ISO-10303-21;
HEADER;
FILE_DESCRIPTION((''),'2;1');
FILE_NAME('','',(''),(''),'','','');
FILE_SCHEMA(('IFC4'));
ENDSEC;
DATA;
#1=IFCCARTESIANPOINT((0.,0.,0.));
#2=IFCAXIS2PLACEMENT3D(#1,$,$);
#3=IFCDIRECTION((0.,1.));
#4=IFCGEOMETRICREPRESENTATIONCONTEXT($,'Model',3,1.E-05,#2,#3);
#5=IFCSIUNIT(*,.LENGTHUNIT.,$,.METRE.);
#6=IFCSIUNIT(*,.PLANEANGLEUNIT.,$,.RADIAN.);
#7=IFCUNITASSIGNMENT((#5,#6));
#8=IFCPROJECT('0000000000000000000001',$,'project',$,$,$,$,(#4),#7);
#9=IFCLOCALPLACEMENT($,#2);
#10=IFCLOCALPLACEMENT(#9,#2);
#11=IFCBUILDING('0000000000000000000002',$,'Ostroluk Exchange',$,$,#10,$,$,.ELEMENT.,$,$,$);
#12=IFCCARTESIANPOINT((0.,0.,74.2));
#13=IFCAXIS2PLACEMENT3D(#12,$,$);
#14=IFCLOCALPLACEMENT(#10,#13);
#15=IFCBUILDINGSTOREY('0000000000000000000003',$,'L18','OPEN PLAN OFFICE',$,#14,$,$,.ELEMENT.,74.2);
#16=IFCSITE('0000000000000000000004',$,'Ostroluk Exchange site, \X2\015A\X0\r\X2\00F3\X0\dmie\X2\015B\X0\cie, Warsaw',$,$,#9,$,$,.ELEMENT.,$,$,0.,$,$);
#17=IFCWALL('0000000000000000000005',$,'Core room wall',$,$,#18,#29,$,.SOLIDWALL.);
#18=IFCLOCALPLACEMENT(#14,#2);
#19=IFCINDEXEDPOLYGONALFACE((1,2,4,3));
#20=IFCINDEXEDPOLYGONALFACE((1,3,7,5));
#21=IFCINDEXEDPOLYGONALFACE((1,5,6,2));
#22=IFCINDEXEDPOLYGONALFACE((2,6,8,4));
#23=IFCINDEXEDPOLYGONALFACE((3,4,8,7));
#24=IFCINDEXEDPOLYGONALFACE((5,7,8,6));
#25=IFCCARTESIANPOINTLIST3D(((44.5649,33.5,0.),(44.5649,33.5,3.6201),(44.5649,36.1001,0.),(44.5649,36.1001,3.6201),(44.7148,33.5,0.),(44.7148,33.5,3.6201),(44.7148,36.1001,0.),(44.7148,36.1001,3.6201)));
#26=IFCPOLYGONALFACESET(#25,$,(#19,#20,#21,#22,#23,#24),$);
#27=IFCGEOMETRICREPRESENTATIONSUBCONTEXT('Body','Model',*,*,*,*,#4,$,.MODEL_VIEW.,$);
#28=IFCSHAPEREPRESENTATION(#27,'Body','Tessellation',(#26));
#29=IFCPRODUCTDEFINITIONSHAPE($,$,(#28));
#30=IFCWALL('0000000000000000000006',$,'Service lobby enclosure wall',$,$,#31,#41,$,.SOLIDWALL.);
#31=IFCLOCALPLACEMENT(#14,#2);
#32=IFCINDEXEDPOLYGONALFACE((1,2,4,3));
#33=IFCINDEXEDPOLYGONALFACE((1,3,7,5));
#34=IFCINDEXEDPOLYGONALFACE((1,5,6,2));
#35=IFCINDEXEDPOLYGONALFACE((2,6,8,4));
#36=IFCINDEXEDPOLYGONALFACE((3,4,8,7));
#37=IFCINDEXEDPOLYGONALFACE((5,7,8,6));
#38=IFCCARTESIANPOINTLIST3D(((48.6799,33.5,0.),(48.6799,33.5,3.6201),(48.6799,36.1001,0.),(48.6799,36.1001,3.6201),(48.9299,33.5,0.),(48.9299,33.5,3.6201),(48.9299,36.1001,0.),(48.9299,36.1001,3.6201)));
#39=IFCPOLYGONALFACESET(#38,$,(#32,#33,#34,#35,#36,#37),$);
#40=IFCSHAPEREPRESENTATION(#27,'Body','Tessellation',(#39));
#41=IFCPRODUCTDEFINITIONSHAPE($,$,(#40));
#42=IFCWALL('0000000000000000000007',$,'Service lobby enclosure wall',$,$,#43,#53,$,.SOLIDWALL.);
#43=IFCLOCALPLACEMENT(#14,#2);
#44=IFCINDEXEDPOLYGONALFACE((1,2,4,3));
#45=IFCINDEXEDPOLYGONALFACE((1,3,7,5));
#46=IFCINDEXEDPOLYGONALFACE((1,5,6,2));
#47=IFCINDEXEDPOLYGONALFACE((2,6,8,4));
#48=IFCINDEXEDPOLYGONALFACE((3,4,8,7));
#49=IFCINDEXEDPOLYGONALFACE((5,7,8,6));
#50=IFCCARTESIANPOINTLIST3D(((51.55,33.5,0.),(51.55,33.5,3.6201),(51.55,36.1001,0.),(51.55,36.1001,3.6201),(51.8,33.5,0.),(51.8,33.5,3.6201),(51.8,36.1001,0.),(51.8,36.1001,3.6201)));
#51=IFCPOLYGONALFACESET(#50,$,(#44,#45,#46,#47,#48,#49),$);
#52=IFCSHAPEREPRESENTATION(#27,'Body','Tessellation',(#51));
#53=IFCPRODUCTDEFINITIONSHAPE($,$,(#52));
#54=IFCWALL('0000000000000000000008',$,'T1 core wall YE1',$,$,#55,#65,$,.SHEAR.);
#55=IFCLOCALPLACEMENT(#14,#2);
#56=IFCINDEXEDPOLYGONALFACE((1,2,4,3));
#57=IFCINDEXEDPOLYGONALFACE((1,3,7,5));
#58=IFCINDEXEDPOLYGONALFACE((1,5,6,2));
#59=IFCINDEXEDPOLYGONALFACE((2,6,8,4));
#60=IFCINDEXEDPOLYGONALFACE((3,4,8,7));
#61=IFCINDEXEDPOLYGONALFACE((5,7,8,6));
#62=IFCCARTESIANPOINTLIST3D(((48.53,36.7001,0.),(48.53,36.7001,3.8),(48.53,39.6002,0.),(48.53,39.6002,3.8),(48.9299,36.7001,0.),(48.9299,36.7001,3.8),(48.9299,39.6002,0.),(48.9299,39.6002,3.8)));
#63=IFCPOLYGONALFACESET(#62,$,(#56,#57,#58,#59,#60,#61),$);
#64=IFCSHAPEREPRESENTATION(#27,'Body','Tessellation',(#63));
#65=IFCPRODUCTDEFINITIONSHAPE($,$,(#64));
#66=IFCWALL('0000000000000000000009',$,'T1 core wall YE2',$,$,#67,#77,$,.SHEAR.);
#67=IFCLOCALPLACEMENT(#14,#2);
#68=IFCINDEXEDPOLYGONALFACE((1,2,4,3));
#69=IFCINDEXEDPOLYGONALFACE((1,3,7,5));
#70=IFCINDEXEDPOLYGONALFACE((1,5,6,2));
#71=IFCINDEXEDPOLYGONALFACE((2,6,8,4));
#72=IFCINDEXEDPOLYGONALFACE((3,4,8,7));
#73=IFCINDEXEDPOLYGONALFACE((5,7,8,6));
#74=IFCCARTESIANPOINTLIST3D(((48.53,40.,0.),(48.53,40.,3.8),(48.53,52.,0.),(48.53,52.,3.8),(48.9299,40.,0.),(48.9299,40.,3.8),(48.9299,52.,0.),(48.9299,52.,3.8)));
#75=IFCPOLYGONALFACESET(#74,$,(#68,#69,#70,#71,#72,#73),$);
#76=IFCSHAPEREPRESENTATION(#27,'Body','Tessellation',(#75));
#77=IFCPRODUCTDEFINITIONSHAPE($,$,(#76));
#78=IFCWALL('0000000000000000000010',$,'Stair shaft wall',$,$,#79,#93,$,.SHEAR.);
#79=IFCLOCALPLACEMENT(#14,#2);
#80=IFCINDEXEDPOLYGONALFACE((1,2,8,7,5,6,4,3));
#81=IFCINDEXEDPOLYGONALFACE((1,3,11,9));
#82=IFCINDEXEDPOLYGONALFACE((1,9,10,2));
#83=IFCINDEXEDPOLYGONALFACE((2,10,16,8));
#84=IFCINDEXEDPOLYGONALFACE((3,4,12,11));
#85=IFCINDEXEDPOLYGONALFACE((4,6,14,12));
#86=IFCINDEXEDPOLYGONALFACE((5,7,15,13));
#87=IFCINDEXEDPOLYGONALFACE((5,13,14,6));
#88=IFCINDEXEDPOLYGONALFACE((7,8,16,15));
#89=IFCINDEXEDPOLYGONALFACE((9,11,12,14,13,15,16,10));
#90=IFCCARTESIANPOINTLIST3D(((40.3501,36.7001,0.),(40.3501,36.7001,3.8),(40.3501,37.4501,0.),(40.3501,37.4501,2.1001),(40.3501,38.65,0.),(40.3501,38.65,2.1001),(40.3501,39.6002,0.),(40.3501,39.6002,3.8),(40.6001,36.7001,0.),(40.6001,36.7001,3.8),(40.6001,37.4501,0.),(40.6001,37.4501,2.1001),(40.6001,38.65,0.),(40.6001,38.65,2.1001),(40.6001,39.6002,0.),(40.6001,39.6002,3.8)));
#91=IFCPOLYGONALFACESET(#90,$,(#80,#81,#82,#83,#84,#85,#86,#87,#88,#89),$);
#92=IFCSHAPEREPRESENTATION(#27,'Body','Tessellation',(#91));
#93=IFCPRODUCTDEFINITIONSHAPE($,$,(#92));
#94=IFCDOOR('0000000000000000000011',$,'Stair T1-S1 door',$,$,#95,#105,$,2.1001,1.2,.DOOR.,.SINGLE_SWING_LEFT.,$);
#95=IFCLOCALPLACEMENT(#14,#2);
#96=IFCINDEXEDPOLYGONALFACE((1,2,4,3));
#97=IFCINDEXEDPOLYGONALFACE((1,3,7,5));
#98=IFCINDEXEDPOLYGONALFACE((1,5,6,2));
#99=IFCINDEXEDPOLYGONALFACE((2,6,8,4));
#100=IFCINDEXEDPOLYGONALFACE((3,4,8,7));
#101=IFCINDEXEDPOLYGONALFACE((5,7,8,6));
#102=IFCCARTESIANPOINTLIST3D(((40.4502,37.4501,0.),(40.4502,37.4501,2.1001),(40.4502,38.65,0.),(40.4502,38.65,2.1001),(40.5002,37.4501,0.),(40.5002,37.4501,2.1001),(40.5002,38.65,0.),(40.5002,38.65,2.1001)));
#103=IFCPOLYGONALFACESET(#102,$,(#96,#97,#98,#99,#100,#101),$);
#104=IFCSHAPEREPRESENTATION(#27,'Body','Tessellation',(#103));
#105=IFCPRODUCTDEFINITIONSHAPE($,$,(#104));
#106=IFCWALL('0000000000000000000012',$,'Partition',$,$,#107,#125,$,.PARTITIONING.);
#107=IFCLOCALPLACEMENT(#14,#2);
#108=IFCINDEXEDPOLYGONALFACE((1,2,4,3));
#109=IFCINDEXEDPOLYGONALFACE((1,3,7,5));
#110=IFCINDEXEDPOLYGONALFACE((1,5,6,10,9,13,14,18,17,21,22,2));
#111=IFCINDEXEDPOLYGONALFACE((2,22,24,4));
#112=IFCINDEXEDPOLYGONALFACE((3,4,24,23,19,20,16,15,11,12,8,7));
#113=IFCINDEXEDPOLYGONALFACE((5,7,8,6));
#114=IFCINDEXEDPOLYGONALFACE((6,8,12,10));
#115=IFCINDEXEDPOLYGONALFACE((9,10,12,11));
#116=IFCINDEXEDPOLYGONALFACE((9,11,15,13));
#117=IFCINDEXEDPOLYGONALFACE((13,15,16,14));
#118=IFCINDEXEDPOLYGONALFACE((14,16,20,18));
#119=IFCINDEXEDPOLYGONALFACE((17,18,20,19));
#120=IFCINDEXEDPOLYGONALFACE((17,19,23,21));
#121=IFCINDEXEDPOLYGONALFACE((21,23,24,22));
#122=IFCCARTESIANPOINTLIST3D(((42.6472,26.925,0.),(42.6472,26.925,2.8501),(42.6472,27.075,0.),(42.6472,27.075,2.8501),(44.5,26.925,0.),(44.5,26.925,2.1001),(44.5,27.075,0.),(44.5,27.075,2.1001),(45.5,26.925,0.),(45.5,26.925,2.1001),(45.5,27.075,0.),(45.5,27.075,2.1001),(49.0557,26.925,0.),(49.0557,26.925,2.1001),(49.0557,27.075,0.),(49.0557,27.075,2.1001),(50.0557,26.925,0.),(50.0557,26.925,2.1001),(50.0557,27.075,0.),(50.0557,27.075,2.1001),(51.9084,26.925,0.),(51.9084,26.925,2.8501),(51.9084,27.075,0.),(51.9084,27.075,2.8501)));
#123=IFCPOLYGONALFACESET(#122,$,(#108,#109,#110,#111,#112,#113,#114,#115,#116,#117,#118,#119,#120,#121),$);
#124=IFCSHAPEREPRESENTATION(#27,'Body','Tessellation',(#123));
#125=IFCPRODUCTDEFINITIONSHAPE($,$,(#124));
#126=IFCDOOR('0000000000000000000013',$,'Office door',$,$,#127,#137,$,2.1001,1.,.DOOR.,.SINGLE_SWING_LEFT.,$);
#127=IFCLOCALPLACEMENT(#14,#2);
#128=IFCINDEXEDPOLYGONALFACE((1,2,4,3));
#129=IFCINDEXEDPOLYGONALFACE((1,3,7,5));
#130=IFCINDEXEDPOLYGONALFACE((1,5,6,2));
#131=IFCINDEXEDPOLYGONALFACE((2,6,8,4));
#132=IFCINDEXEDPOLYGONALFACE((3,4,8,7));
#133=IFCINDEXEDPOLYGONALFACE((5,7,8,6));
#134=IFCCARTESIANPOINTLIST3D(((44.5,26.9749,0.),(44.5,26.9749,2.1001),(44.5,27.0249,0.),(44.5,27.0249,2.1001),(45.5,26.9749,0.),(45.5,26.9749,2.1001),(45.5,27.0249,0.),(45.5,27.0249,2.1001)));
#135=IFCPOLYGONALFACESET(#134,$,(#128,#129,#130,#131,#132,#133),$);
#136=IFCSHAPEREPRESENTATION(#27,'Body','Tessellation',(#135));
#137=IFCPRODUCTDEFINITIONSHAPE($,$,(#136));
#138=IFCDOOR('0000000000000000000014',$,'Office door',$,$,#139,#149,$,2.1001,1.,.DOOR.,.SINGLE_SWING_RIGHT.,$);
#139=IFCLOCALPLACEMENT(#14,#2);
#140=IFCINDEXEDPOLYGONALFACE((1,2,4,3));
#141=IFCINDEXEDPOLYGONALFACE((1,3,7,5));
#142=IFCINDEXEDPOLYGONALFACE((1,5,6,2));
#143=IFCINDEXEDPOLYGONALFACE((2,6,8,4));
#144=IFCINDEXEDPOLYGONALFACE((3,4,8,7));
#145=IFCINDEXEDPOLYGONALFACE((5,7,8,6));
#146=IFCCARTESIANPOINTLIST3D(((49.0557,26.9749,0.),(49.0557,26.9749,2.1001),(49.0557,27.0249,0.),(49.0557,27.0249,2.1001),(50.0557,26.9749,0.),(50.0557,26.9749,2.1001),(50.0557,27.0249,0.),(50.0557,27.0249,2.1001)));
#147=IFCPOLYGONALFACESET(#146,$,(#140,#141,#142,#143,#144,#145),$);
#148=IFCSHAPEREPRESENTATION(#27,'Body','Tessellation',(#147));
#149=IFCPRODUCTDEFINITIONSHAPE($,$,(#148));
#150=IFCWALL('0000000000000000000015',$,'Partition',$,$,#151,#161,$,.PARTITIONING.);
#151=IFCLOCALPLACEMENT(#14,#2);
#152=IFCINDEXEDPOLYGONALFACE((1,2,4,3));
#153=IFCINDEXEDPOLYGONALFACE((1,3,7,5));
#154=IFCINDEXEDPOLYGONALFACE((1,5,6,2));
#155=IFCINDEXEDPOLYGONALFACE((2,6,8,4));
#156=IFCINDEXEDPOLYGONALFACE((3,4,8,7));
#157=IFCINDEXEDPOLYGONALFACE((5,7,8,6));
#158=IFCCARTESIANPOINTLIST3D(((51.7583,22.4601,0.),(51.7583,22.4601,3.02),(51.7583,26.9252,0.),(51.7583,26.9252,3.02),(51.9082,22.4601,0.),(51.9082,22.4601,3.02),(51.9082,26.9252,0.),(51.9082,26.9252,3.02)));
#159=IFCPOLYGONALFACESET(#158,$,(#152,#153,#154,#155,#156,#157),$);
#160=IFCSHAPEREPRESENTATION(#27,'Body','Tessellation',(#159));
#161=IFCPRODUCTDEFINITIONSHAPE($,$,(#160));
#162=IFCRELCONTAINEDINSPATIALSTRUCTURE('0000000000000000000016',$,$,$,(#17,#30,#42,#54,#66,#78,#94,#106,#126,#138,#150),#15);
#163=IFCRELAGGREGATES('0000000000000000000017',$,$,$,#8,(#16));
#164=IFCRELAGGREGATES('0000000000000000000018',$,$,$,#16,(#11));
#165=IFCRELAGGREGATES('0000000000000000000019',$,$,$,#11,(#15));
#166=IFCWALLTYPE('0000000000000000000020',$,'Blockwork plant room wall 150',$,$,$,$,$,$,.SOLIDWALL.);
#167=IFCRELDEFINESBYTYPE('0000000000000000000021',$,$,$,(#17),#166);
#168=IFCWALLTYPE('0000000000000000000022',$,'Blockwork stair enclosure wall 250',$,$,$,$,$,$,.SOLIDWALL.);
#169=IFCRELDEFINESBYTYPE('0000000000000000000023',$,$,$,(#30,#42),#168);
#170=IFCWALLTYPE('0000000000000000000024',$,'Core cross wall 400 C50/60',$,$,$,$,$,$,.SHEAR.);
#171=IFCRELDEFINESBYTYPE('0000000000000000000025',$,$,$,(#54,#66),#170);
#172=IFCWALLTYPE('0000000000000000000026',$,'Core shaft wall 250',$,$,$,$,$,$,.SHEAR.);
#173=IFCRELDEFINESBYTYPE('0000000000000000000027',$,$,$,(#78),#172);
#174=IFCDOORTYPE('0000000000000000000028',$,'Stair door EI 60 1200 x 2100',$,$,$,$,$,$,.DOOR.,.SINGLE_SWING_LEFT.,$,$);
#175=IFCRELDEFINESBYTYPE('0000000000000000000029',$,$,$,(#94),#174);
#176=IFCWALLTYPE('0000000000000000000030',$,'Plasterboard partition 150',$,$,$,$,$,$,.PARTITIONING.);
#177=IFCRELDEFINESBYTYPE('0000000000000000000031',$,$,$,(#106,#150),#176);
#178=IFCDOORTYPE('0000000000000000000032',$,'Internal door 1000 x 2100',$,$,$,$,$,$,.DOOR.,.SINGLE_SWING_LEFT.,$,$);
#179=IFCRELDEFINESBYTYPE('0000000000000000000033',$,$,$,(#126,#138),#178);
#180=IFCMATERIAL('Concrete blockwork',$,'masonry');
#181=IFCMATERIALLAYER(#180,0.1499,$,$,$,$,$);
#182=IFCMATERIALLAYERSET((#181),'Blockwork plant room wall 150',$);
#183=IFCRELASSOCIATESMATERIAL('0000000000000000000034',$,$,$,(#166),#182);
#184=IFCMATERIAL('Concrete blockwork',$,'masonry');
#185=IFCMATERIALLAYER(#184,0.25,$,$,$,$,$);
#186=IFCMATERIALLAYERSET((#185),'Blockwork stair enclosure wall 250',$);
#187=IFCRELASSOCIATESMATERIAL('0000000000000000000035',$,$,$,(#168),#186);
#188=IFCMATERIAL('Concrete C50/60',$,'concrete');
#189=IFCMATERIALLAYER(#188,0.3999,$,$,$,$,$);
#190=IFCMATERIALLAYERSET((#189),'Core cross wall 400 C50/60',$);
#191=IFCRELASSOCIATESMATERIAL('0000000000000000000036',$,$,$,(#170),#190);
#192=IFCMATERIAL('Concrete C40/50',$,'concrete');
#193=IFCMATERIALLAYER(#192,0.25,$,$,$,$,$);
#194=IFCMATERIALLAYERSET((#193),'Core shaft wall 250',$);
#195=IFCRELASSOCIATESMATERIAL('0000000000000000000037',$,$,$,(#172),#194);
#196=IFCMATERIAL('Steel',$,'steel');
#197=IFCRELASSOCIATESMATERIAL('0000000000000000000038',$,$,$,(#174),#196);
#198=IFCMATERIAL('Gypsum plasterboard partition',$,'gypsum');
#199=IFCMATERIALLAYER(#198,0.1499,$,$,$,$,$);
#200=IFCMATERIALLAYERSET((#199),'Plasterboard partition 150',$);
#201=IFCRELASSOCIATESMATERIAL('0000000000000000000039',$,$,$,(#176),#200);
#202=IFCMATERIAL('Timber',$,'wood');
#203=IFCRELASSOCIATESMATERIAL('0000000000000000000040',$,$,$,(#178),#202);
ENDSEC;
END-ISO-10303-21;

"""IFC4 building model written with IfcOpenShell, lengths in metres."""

from ifc_helpers import new_model, si_unit, direction, frame, frame_2d, origin, place, context, subcontext, project, spatial, rectangle, extrude, material, layer, layer_set, type_object, element, fill, save


model = new_model("IFC4")

# Units and contexts
model_context = context("Model", 3, precision=1e-05, world=origin(), true_north=direction((0.0, 1.0)))
body_context = subcontext(model_context, "Body", "Model", "MODEL_VIEW")
ifc_project = project(units=[si_unit("LENGTHUNIT", "METRE"), si_unit("PLANEANGLEUNIT", "RADIAN")], contexts=[model_context])

# Site, building, storey
site_placement = place(None, origin())
site = spatial("IfcSite", under=ifc_project, at=site_placement, Name="Ostroluk Exchange site, Śródmieście, Warsaw", CompositionType="ELEMENT", RefElevation=0.0)
building_placement = place(site_placement, origin())
building = spatial("IfcBuilding", under=site, at=building_placement, Name="Ostroluk Exchange", CompositionType="ELEMENT")
storey_placement = place(building_placement, frame((0.0, 0.0, 74.2)))
storey = spatial("IfcBuildingStorey", under=building, at=storey_placement, Name="L18", Description="OPEN PLAN OFFICE", CompositionType="ELEMENT", Elevation=74.2)

# Walls
ifc_material_1 = material(Name="Concrete blockwork", Category="masonry")
ifc_layer_1 = layer(ifc_material_1, 0.1499)
ifc_layer_set_1 = layer_set([ifc_layer_1], Name="Blockwork plant room wall 150")
wall_type_1 = type_object("IfcWallType", Name="Blockwork plant room wall 150", PredefinedType="SOLIDWALL", material=ifc_layer_set_1)
wall_1_placement = place(storey_placement, frame((44.6399, 33.5, 0.0), z_axis=(0.0, 0.0, 1.0), x_axis=(0.0, 1.0, 0.0)))
element("IfcWall", 1, at=wall_1_placement, inside=storey, type_object=wall_type_1, Name="Core room wall", PredefinedType="SOLIDWALL", context=body_context, shape_type="SweptSolid", body=[
    extrude(rectangle(XDim=2.6001, YDim=0.1499, at=frame_2d((1.3, 0.0))), origin(), (0.0, 0.0, 1.0), 3.6201),
])
ifc_material_2 = material(Name="Concrete blockwork", Category="masonry")
ifc_layer_2 = layer(ifc_material_2, 0.25)
ifc_layer_set_2 = layer_set([ifc_layer_2], Name="Blockwork stair enclosure wall 250")
wall_type_2 = type_object("IfcWallType", Name="Blockwork stair enclosure wall 250", PredefinedType="SOLIDWALL", material=ifc_layer_set_2)
for number, where, z_axis, x_axis, name in (
    (2, (48.8049, 33.5, 0.0), (0.0, 0.0, 1.0), (0.0, 1.0, 0.0), "Service lobby enclosure wall"),
    (3, (51.675, 33.5, 0.0), (0.0, 0.0, 1.0), (0.0, 1.0, 0.0), "Service lobby enclosure wall"),
):
    element("IfcWall", number, at=place(storey_placement, frame(where, z_axis=z_axis, x_axis=x_axis)), inside=storey, type_object=wall_type_2, Name=name, PredefinedType="SOLIDWALL", context=body_context, shape_type="SweptSolid", body=[
        extrude(rectangle(XDim=2.6001, YDim=0.25, at=frame_2d((1.3, 0.0))), origin(), (0.0, 0.0, 1.0), 3.6201),
    ])
ifc_material_3 = material(Name="Concrete C50/60", Category="concrete")
ifc_layer_3 = layer(ifc_material_3, 0.3999)
ifc_layer_set_3 = layer_set([ifc_layer_3], Name="Core cross wall 400 C50/60")
wall_type_3 = type_object("IfcWallType", Name="Core cross wall 400 C50/60", PredefinedType="SHEAR", material=ifc_layer_set_3)
wall_2_placement = place(storey_placement, frame((48.73, 36.7, 0.0), z_axis=(0.0, 0.0, 1.0), x_axis=(0.0, 1.0, 0.0)))
element("IfcWall", 4, at=wall_2_placement, inside=storey, type_object=wall_type_3, Name="T1 core wall YE1", PredefinedType="SHEAR", context=body_context, shape_type="SweptSolid", body=[
    extrude(rectangle(XDim=2.9001, YDim=0.3999, at=frame_2d((1.4502, 0.0))), origin(), (0.0, 0.0, 1.0), 3.8),
])
wall_3_placement = place(storey_placement, frame((48.73, 40.0, 0.0), z_axis=(0.0, 0.0, 1.0), x_axis=(0.0, 1.0, 0.0)))
element("IfcWall", 5, at=wall_3_placement, inside=storey, type_object=wall_type_3, Name="T1 core wall YE2", PredefinedType="SHEAR", context=body_context, shape_type="SweptSolid", body=[
    extrude(rectangle(XDim=12.0, YDim=0.3999, at=frame_2d((6.0, 0.0))), origin(), (0.0, 0.0, 1.0), 3.8),
])

# Wall, opening, door
ifc_material_4 = material(Name="Concrete C40/50", Category="concrete")
ifc_layer_4 = layer(ifc_material_4, 0.25)
ifc_layer_set_4 = layer_set([ifc_layer_4], Name="Core shaft wall 250")
wall_type_4 = type_object("IfcWallType", Name="Core shaft wall 250", PredefinedType="SHEAR", material=ifc_layer_set_4)
wall_4_placement = place(storey_placement, frame((40.4751, 36.7, 0.0), z_axis=(0.0, 0.0, 1.0), x_axis=(0.0, 1.0, 0.0)))
wall_4 = element("IfcWall", 6, at=wall_4_placement, inside=storey, type_object=wall_type_4, Name="Stair shaft wall", PredefinedType="SHEAR", context=body_context, shape_type="SweptSolid", body=[
    extrude(rectangle(XDim=2.9001, YDim=0.25, at=frame_2d((1.4502, 0.0))), origin(), (0.0, 0.0, 1.0), 3.8),
])
opening_1_placement = place(wall_4_placement, frame((0.75, 0.0, 0.0)))
opening_1 = element("IfcOpeningElement", 7, at=opening_1_placement, cuts=wall_4, PredefinedType="OPENING", context=body_context, shape_type="SweptSolid", body=[
    extrude(rectangle(XDim=1.2, YDim=2.1001, at=frame_2d((0.6001, 1.05))), frame((0.0, 0.135, 0.0), z_axis=(0.0, -1.0, 0.0), x_axis=(1.0, 0.0, 0.0)), (0.0, 0.0, 1.0), 0.27),
])
ifc_material_5 = material(Name="Steel", Category="steel")
door_type_1 = type_object("IfcDoorType", Name="Stair door EI 60 1200 x 2100", OperationType="SINGLE_SWING_LEFT", PredefinedType="DOOR", material=ifc_material_5)
door_1_placement = place(opening_1_placement, origin())
door_1 = element("IfcDoor", 8, at=door_1_placement, inside=storey, type_object=door_type_1, Name="Stair T1-S1 door", OperationType="SINGLE_SWING_LEFT", OverallHeight=2.1001, OverallWidth=1.2, PredefinedType="DOOR", context=body_context, shape_type="SweptSolid", body=[
    extrude(rectangle(XDim=1.2, YDim=2.1001, at=frame_2d((0.6001, 1.05))), frame((0.0, 0.0249, 0.0), z_axis=(0.0, -1.0, 0.0), x_axis=(1.0, 0.0, 0.0)), (0.0, 0.0, 1.0), 0.05),
])
fill(opening_1, door_1)

# Wall, openings, doors
ifc_material_6 = material(Name="Gypsum plasterboard partition", Category="gypsum")
ifc_layer_5 = layer(ifc_material_6, 0.1499)
ifc_layer_set_5 = layer_set([ifc_layer_5], Name="Plasterboard partition 150")
wall_type_5 = type_object("IfcWallType", Name="Plasterboard partition 150", PredefinedType="PARTITIONING", material=ifc_layer_set_5)
wall_5_placement = place(storey_placement, frame((42.6472, 27.0, 0.0), z_axis=(0.0, 0.0, 1.0), x_axis=(1.0, 0.0, 0.0)))
wall_5 = element("IfcWall", 9, at=wall_5_placement, inside=storey, type_object=wall_type_5, Name="Partition", PredefinedType="PARTITIONING", context=body_context, shape_type="SweptSolid", body=[
    extrude(rectangle(XDim=9.2612, YDim=0.1499, at=frame_2d((4.6306, 0.0))), origin(), (0.0, 0.0, 1.0), 2.8501),
])
opening_2_placement = place(wall_5_placement, frame((1.8528, 0.0, 0.0)))
opening_2 = element("IfcOpeningElement", 10, at=opening_2_placement, cuts=wall_5, PredefinedType="OPENING", context=body_context, shape_type="SweptSolid", body=[
    extrude(rectangle(XDim=1.0, YDim=2.1001, at=frame_2d((0.5, 1.05))), frame((0.0, 0.085, 0.0), z_axis=(0.0, -1.0, 0.0), x_axis=(1.0, 0.0, 0.0)), (0.0, 0.0, 1.0), 0.1699),
])
opening_3_placement = place(wall_5_placement, frame((6.4084, 0.0, 0.0)))
opening_3 = element("IfcOpeningElement", 11, at=opening_3_placement, cuts=wall_5, PredefinedType="OPENING", context=body_context, shape_type="SweptSolid", body=[
    extrude(rectangle(XDim=1.0, YDim=2.1001, at=frame_2d((0.5, 1.05))), frame((0.0, 0.085, 0.0), z_axis=(0.0, -1.0, 0.0), x_axis=(1.0, 0.0, 0.0)), (0.0, 0.0, 1.0), 0.1699),
])
ifc_material_7 = material(Name="Timber", Category="wood")
door_type_2 = type_object("IfcDoorType", Name="Internal door 1000 x 2100", OperationType="SINGLE_SWING_LEFT", PredefinedType="DOOR", material=ifc_material_7)
door_2_placement = place(opening_2_placement, origin())
door_2 = element("IfcDoor", 12, at=door_2_placement, inside=storey, type_object=door_type_2, Name="Office door", OperationType="SINGLE_SWING_LEFT", OverallHeight=2.1001, OverallWidth=1.0, PredefinedType="DOOR", context=body_context, shape_type="SweptSolid", body=[
    extrude(rectangle(XDim=1.0, YDim=2.1001, at=frame_2d((0.5, 1.05))), frame((0.0, 0.0249, 0.0), z_axis=(0.0, -1.0, 0.0), x_axis=(1.0, 0.0, 0.0)), (0.0, 0.0, 1.0), 0.05),
])
fill(opening_2, door_2)
door_3_placement = place(opening_3_placement, origin())
door_3 = element("IfcDoor", 13, at=door_3_placement, inside=storey, type_object=door_type_2, Name="Office door", OperationType="SINGLE_SWING_RIGHT", OverallHeight=2.1001, OverallWidth=1.0, PredefinedType="DOOR", context=body_context, shape_type="SweptSolid", body=[
    extrude(rectangle(XDim=1.0, YDim=2.1001, at=frame_2d((0.5, 1.05))), frame((0.0, 0.0249, 0.0), z_axis=(0.0, -1.0, 0.0), x_axis=(1.0, 0.0, 0.0)), (0.0, 0.0, 1.0), 0.05),
])
fill(opening_3, door_3)

# Wall
wall_6_placement = place(storey_placement, frame((51.8333, 26.925, 0.0), z_axis=(0.0, 0.0, 1.0), x_axis=(0.0, -1.0, 0.0)))
element("IfcWall", 14, at=wall_6_placement, inside=storey, type_object=wall_type_5, Name="Partition", PredefinedType="PARTITIONING", context=body_context, shape_type="SweptSolid", body=[
    extrude(rectangle(XDim=4.4651, YDim=0.1499, at=frame_2d((2.2324, 0.0))), origin(), (0.0, 0.0, 1.0), 3.02),
])

save(model, "model.ifc")
